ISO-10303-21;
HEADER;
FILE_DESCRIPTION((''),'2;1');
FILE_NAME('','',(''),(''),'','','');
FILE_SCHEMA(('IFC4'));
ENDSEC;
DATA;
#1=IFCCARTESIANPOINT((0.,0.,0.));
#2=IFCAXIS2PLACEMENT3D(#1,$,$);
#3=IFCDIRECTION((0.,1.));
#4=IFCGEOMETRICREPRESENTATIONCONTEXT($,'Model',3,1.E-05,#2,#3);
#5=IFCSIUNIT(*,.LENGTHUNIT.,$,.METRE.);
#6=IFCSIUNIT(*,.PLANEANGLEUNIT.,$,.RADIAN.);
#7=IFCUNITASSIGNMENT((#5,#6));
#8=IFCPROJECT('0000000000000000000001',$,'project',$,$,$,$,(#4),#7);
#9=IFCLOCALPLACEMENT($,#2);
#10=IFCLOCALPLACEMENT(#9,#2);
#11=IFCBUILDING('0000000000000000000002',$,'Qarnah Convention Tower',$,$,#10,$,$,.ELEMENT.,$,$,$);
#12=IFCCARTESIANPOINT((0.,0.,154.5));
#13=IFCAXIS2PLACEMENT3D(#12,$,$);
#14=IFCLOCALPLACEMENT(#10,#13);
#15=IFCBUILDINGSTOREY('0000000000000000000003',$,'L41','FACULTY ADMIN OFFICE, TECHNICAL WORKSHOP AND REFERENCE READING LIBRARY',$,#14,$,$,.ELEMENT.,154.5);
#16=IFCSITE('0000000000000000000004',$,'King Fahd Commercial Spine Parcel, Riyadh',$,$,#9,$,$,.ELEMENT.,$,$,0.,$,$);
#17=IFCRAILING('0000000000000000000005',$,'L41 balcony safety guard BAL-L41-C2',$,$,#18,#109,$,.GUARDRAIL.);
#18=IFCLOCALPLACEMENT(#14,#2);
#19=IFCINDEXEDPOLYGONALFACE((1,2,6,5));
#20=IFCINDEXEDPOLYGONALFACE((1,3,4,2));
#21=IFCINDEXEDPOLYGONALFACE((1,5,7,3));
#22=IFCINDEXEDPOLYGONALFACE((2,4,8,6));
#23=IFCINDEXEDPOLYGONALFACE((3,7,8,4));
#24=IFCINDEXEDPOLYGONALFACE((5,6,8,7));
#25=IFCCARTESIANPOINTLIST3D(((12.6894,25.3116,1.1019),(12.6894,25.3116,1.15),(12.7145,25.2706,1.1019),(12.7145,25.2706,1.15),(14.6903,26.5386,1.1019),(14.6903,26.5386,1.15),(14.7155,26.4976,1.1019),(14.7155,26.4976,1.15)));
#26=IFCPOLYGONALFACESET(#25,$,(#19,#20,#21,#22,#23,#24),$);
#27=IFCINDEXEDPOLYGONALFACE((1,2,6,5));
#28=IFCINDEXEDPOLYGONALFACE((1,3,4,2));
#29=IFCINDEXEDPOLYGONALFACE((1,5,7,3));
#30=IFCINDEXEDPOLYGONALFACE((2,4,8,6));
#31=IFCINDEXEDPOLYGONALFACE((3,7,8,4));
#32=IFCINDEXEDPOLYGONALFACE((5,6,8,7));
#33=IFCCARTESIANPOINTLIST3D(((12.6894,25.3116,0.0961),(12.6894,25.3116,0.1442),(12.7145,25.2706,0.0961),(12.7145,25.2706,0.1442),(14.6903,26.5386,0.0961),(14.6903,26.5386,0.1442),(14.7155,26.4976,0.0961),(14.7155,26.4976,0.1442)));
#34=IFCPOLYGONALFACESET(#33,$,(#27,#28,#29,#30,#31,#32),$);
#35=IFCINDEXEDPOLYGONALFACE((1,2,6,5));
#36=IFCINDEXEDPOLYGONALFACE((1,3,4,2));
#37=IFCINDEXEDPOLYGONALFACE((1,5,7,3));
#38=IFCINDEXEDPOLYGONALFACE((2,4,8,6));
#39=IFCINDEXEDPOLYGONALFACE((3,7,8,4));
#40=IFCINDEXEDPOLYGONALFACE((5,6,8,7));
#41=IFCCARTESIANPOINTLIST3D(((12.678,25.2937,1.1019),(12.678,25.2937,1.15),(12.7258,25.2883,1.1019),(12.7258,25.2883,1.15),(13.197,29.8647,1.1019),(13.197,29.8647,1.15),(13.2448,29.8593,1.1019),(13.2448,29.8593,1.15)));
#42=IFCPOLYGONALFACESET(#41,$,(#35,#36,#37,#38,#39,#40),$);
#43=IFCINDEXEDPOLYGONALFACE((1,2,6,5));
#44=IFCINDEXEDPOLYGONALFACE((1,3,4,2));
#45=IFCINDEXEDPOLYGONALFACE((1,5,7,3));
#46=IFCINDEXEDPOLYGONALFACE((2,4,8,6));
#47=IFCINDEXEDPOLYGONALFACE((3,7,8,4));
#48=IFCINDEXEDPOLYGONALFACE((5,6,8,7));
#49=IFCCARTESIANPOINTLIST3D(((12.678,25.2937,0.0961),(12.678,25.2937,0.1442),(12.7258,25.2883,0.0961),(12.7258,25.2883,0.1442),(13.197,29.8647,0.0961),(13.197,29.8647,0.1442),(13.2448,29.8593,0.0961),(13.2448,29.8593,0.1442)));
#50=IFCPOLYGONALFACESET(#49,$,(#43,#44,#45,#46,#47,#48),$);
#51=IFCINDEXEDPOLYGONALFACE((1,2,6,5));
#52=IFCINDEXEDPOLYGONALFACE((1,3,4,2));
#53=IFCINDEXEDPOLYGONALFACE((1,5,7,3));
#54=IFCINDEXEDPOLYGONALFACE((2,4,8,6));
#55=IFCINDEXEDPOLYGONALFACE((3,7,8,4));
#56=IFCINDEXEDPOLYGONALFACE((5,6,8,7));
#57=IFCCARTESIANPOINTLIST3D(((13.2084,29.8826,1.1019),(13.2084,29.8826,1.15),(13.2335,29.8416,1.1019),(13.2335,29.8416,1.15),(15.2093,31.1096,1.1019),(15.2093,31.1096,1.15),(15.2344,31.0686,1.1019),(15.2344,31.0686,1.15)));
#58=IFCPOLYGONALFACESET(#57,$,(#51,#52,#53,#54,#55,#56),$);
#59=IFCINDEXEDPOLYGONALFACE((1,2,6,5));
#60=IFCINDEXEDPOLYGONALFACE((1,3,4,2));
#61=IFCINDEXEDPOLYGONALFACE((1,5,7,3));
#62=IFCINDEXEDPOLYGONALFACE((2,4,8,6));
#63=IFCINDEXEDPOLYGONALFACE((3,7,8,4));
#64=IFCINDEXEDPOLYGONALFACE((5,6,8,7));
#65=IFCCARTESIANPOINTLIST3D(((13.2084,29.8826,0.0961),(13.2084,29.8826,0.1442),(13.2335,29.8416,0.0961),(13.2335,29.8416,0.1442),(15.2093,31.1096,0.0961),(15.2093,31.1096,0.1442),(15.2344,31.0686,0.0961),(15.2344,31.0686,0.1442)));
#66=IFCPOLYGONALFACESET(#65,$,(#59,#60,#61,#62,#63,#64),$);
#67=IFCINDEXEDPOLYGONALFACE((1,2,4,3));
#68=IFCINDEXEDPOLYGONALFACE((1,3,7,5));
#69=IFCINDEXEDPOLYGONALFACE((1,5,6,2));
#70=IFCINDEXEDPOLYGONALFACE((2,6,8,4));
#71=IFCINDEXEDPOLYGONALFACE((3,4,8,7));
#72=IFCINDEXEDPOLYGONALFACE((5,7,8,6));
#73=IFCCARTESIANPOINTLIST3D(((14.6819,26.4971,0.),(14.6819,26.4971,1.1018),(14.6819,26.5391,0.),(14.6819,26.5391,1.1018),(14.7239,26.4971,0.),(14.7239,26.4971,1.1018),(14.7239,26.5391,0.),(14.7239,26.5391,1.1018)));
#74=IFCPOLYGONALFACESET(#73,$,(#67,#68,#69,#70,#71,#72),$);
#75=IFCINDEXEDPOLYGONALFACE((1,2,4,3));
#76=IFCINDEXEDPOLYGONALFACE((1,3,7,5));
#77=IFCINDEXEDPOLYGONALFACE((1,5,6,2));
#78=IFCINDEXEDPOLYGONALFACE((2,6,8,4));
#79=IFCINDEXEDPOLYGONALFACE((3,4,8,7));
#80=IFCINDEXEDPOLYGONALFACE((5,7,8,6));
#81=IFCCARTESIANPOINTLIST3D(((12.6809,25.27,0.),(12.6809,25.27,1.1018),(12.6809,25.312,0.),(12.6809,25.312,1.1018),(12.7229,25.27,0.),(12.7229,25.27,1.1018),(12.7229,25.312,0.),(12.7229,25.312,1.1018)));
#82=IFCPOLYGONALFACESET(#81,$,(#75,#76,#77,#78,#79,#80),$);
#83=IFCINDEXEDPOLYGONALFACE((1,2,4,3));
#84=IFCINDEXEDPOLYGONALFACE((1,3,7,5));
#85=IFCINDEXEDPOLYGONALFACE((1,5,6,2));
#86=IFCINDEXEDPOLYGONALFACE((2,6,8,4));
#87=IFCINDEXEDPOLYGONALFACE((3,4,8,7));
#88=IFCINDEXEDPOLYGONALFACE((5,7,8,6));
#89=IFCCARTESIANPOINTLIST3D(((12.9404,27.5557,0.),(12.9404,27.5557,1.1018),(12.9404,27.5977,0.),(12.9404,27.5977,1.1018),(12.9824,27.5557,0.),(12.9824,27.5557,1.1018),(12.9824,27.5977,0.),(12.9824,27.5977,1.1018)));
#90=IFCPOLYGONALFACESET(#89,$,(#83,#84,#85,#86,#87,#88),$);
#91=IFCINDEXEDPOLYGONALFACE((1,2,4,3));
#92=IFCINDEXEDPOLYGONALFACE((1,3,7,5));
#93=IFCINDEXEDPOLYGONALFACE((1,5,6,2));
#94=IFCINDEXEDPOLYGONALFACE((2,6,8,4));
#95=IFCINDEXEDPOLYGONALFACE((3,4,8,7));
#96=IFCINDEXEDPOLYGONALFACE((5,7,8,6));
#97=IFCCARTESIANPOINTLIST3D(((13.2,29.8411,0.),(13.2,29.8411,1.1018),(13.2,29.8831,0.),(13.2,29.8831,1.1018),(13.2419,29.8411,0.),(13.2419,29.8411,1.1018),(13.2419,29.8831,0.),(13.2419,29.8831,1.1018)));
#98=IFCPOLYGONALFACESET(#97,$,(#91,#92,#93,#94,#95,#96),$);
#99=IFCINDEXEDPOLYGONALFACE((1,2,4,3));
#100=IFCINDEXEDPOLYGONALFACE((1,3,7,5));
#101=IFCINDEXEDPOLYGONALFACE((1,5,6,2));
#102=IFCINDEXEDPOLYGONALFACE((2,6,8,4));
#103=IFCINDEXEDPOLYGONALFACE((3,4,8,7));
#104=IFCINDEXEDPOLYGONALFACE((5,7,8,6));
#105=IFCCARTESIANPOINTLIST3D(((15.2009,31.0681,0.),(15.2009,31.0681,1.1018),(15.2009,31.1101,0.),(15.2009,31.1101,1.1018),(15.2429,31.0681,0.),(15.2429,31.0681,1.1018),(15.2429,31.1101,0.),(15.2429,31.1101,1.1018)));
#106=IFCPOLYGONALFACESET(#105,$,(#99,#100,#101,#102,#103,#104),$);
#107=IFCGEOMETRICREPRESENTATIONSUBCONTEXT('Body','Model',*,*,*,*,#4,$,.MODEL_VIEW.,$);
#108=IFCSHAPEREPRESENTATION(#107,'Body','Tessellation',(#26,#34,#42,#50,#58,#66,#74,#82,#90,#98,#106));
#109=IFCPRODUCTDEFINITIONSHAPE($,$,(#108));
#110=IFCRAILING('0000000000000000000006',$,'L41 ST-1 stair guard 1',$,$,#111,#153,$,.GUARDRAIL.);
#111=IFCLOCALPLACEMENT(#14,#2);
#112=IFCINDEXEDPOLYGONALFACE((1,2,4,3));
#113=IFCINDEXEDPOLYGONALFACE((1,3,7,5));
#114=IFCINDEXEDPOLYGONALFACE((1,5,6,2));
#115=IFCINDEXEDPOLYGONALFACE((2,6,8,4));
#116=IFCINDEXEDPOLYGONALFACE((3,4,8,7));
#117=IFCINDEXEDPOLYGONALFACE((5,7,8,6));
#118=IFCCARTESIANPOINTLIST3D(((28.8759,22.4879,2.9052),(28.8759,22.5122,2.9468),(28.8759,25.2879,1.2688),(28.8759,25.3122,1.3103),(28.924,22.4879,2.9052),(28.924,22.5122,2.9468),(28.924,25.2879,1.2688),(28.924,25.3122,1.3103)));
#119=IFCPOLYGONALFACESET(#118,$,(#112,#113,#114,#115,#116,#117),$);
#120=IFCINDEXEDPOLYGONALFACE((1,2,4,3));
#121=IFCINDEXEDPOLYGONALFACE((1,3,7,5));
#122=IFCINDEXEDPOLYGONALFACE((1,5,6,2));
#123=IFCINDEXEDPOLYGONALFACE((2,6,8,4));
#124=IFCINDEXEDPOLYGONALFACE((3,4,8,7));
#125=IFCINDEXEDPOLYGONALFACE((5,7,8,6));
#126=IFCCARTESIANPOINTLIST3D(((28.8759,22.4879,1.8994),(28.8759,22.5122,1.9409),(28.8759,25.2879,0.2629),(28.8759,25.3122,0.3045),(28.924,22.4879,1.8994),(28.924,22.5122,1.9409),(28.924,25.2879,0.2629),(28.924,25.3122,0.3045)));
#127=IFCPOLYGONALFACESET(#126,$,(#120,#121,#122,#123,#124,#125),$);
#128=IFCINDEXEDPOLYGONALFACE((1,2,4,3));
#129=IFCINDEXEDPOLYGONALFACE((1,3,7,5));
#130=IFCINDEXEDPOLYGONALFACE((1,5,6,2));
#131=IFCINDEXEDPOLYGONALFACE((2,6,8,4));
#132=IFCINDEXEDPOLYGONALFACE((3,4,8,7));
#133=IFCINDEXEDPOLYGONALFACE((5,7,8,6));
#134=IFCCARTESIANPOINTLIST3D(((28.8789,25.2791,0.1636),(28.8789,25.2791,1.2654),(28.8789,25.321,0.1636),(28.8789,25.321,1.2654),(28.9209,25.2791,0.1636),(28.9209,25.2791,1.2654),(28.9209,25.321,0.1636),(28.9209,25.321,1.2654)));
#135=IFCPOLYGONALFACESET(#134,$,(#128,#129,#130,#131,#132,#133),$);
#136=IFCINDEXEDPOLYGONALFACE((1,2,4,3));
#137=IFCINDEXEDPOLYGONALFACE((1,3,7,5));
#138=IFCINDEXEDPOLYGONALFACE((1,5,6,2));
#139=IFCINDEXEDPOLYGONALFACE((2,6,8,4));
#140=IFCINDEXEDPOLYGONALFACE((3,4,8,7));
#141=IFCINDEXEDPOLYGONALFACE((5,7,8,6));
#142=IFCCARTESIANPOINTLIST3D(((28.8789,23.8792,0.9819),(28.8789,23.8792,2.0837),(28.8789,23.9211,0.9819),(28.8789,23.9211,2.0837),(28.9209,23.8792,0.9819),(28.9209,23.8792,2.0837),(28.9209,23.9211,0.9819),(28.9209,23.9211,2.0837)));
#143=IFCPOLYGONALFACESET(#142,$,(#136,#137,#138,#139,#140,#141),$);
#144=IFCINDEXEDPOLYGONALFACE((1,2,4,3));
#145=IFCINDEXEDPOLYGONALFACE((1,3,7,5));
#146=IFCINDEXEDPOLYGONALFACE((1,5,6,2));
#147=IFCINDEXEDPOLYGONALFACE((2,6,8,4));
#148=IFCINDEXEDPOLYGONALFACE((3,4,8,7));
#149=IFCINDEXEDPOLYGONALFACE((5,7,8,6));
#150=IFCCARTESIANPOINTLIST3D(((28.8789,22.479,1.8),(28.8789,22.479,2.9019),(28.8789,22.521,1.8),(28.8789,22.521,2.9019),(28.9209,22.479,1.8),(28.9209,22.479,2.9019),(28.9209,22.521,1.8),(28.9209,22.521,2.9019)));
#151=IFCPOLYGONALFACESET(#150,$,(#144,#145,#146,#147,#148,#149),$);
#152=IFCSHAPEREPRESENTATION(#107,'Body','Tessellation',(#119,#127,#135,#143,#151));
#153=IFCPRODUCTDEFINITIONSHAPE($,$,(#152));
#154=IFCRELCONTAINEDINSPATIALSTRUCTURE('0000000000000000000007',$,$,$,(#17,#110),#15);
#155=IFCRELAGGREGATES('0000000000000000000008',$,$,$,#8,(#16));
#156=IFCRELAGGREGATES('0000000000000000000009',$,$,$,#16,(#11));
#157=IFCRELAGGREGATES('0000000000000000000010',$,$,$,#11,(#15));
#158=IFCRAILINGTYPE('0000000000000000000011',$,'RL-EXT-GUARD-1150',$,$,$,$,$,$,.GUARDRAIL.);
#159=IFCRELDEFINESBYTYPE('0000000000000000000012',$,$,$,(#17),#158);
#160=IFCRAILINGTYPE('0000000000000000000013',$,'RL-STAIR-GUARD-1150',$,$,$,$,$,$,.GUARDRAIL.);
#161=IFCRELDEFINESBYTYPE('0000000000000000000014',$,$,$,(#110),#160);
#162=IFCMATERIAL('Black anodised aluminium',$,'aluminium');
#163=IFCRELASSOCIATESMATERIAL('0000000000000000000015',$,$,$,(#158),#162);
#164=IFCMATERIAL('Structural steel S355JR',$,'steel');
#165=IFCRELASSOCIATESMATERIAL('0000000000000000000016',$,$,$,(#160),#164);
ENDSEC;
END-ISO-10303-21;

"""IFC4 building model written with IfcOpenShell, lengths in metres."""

from ifc_helpers import new_model, si_unit, direction, frame, origin, origin_2d, place, context, subcontext, project, spatial, rectangle, extrude, material, type_object, element, save


model = new_model("IFC4")

# Units and contexts
model_context = context("Model", 3, precision=1e-05, world=origin(), true_north=direction((0.0, 1.0)))
body_context = subcontext(model_context, "Body", "Model", "MODEL_VIEW")
ifc_project = project(units=[si_unit("LENGTHUNIT", "METRE"), si_unit("PLANEANGLEUNIT", "RADIAN")], contexts=[model_context])

# Site, building, storey
site_placement = place(None, origin())
site = spatial("IfcSite", under=ifc_project, at=site_placement, Name="King Fahd Commercial Spine Parcel, Riyadh", CompositionType="ELEMENT", RefElevation=0.0)
building_placement = place(site_placement, origin())
building = spatial("IfcBuilding", under=site, at=building_placement, Name="Qarnah Convention Tower", CompositionType="ELEMENT")
storey_placement = place(building_placement, frame((0.0, 0.0, 154.5)))
storey = spatial("IfcBuildingStorey", under=building, at=storey_placement, Name="L41", Description="FACULTY ADMIN OFFICE, TECHNICAL WORKSHOP AND REFERENCE READING LIBRARY", CompositionType="ELEMENT", Elevation=154.5)

# Shared definitions
ifc_material_1 = material(Name="Structural steel S355JR", Category="steel")

# Shared definitions
ifc_material_2 = material(Name="Black anodised aluminium", Category="aluminium")

# Railings
railing_type_1 = type_object("IfcRailingType", Name="RL-EXT-GUARD-1150", PredefinedType="GUARDRAIL", material=ifc_material_2)
railing_1_placement = place(storey_placement, frame((14.7029, 26.5181, 0.0)))
element("IfcRailing", 1, at=railing_1_placement, inside=storey, type_object=railing_type_1, Name="L41 balcony safety guard BAL-L41-C2", PredefinedType="GUARDRAIL", context=body_context, shape_type="SweptSolid", body=[
    extrude(rectangle(XDim=0.0481, YDim=0.0481, at=origin_2d()), frame((0.0, 0.0, 1.126), z_axis=(-0.852479, -0.522762, 0.0), x_axis=(0.522762, -0.852479, 0.0)), (0.0, 0.0, 1.0), 2.3472),
    extrude(rectangle(XDim=0.0481, YDim=0.0481, at=origin_2d()), frame((0.0, 0.0, 0.1201), z_axis=(-0.852479, -0.522762, 0.0), x_axis=(0.522762, -0.852479, 0.0)), (0.0, 0.0, 1.0), 2.3472),
    extrude(rectangle(XDim=0.0481, YDim=0.0481, at=origin_2d()), frame((-2.001, -1.2271, 1.126), z_axis=(0.112825, 0.993615, 0.0), x_axis=(-0.993615, 0.112825, 0.0)), (0.0, 0.0, 1.0), 4.6003),
    extrude(rectangle(XDim=0.0481, YDim=0.0481, at=origin_2d()), frame((-2.001, -1.2271, 0.1201), z_axis=(0.112825, 0.993615, 0.0), x_axis=(-0.993615, 0.112825, 0.0)), (0.0, 0.0, 1.0), 4.6003),
    extrude(rectangle(XDim=0.0481, YDim=0.0481, at=origin_2d()), frame((-1.4819, 3.344, 1.126), z_axis=(0.852479, 0.522762, 0.0), x_axis=(-0.522762, 0.852479, 0.0)), (0.0, 0.0, 1.0), 2.3472),
    extrude(rectangle(XDim=0.0481, YDim=0.0481, at=origin_2d()), frame((-1.4819, 3.344, 0.1201), z_axis=(0.852479, 0.522762, 0.0), x_axis=(-0.522762, 0.852479, 0.0)), (0.0, 0.0, 1.0), 2.3472),
    extrude(rectangle(XDim=0.042, YDim=0.042, at=origin_2d()), origin(), (0.0, 0.0, 1.0), 1.1018),
    extrude(rectangle(XDim=0.042, YDim=0.042, at=origin_2d()), frame((-2.001, -1.2271, 0.0)), (0.0, 0.0, 1.0), 1.1018),
    extrude(rectangle(XDim=0.042, YDim=0.042, at=origin_2d()), frame((-1.7415, 1.0586, 0.0)), (0.0, 0.0, 1.0), 1.1018),
    extrude(rectangle(XDim=0.042, YDim=0.042, at=origin_2d()), frame((-1.4819, 3.344, 0.0)), (0.0, 0.0, 1.0), 1.1018),
    extrude(rectangle(XDim=0.042, YDim=0.042, at=origin_2d()), frame((0.519, 4.571, 0.0)), (0.0, 0.0, 1.0), 1.1018),
])
railing_type_2 = type_object("IfcRailingType", Name="RL-STAIR-GUARD-1150", PredefinedType="GUARDRAIL", material=ifc_material_1)
railing_2_placement = place(storey_placement, frame((28.8999, 25.3, 0.1636)))
element("IfcRailing", 2, at=railing_2_placement, inside=storey, type_object=railing_type_2, Name="L41 ST-1 stair guard 1", PredefinedType="GUARDRAIL", context=body_context, shape_type="SweptSolid", body=[
    extrude(rectangle(XDim=0.0481, YDim=0.0481, at=origin_2d()), frame((0.0, 0.0, 1.126), z_axis=(0.0, -0.863361, 0.504587), x_axis=(1.0, 0.0, 0.0)), (0.0, 0.0, 1.0), 3.2432),
    extrude(rectangle(XDim=0.0481, YDim=0.0481, at=origin_2d()), frame((0.0, 0.0, 0.1201), z_axis=(0.0, -0.863361, 0.504587), x_axis=(1.0, 0.0, 0.0)), (0.0, 0.0, 1.0), 3.2432),
    extrude(rectangle(XDim=0.042, YDim=0.042, at=origin_2d()), origin(), (0.0, 0.0, 1.0), 1.1018),
    extrude(rectangle(XDim=0.042, YDim=0.042, at=origin_2d()), frame((0.0, -1.3999, 0.8184)), (0.0, 0.0, 1.0), 1.1018),
    extrude(rectangle(XDim=0.042, YDim=0.042, at=origin_2d()), frame((0.0, -2.8, 1.6365)), (0.0, 0.0, 1.0), 1.1018),
])

save(model, "model.ifc")
